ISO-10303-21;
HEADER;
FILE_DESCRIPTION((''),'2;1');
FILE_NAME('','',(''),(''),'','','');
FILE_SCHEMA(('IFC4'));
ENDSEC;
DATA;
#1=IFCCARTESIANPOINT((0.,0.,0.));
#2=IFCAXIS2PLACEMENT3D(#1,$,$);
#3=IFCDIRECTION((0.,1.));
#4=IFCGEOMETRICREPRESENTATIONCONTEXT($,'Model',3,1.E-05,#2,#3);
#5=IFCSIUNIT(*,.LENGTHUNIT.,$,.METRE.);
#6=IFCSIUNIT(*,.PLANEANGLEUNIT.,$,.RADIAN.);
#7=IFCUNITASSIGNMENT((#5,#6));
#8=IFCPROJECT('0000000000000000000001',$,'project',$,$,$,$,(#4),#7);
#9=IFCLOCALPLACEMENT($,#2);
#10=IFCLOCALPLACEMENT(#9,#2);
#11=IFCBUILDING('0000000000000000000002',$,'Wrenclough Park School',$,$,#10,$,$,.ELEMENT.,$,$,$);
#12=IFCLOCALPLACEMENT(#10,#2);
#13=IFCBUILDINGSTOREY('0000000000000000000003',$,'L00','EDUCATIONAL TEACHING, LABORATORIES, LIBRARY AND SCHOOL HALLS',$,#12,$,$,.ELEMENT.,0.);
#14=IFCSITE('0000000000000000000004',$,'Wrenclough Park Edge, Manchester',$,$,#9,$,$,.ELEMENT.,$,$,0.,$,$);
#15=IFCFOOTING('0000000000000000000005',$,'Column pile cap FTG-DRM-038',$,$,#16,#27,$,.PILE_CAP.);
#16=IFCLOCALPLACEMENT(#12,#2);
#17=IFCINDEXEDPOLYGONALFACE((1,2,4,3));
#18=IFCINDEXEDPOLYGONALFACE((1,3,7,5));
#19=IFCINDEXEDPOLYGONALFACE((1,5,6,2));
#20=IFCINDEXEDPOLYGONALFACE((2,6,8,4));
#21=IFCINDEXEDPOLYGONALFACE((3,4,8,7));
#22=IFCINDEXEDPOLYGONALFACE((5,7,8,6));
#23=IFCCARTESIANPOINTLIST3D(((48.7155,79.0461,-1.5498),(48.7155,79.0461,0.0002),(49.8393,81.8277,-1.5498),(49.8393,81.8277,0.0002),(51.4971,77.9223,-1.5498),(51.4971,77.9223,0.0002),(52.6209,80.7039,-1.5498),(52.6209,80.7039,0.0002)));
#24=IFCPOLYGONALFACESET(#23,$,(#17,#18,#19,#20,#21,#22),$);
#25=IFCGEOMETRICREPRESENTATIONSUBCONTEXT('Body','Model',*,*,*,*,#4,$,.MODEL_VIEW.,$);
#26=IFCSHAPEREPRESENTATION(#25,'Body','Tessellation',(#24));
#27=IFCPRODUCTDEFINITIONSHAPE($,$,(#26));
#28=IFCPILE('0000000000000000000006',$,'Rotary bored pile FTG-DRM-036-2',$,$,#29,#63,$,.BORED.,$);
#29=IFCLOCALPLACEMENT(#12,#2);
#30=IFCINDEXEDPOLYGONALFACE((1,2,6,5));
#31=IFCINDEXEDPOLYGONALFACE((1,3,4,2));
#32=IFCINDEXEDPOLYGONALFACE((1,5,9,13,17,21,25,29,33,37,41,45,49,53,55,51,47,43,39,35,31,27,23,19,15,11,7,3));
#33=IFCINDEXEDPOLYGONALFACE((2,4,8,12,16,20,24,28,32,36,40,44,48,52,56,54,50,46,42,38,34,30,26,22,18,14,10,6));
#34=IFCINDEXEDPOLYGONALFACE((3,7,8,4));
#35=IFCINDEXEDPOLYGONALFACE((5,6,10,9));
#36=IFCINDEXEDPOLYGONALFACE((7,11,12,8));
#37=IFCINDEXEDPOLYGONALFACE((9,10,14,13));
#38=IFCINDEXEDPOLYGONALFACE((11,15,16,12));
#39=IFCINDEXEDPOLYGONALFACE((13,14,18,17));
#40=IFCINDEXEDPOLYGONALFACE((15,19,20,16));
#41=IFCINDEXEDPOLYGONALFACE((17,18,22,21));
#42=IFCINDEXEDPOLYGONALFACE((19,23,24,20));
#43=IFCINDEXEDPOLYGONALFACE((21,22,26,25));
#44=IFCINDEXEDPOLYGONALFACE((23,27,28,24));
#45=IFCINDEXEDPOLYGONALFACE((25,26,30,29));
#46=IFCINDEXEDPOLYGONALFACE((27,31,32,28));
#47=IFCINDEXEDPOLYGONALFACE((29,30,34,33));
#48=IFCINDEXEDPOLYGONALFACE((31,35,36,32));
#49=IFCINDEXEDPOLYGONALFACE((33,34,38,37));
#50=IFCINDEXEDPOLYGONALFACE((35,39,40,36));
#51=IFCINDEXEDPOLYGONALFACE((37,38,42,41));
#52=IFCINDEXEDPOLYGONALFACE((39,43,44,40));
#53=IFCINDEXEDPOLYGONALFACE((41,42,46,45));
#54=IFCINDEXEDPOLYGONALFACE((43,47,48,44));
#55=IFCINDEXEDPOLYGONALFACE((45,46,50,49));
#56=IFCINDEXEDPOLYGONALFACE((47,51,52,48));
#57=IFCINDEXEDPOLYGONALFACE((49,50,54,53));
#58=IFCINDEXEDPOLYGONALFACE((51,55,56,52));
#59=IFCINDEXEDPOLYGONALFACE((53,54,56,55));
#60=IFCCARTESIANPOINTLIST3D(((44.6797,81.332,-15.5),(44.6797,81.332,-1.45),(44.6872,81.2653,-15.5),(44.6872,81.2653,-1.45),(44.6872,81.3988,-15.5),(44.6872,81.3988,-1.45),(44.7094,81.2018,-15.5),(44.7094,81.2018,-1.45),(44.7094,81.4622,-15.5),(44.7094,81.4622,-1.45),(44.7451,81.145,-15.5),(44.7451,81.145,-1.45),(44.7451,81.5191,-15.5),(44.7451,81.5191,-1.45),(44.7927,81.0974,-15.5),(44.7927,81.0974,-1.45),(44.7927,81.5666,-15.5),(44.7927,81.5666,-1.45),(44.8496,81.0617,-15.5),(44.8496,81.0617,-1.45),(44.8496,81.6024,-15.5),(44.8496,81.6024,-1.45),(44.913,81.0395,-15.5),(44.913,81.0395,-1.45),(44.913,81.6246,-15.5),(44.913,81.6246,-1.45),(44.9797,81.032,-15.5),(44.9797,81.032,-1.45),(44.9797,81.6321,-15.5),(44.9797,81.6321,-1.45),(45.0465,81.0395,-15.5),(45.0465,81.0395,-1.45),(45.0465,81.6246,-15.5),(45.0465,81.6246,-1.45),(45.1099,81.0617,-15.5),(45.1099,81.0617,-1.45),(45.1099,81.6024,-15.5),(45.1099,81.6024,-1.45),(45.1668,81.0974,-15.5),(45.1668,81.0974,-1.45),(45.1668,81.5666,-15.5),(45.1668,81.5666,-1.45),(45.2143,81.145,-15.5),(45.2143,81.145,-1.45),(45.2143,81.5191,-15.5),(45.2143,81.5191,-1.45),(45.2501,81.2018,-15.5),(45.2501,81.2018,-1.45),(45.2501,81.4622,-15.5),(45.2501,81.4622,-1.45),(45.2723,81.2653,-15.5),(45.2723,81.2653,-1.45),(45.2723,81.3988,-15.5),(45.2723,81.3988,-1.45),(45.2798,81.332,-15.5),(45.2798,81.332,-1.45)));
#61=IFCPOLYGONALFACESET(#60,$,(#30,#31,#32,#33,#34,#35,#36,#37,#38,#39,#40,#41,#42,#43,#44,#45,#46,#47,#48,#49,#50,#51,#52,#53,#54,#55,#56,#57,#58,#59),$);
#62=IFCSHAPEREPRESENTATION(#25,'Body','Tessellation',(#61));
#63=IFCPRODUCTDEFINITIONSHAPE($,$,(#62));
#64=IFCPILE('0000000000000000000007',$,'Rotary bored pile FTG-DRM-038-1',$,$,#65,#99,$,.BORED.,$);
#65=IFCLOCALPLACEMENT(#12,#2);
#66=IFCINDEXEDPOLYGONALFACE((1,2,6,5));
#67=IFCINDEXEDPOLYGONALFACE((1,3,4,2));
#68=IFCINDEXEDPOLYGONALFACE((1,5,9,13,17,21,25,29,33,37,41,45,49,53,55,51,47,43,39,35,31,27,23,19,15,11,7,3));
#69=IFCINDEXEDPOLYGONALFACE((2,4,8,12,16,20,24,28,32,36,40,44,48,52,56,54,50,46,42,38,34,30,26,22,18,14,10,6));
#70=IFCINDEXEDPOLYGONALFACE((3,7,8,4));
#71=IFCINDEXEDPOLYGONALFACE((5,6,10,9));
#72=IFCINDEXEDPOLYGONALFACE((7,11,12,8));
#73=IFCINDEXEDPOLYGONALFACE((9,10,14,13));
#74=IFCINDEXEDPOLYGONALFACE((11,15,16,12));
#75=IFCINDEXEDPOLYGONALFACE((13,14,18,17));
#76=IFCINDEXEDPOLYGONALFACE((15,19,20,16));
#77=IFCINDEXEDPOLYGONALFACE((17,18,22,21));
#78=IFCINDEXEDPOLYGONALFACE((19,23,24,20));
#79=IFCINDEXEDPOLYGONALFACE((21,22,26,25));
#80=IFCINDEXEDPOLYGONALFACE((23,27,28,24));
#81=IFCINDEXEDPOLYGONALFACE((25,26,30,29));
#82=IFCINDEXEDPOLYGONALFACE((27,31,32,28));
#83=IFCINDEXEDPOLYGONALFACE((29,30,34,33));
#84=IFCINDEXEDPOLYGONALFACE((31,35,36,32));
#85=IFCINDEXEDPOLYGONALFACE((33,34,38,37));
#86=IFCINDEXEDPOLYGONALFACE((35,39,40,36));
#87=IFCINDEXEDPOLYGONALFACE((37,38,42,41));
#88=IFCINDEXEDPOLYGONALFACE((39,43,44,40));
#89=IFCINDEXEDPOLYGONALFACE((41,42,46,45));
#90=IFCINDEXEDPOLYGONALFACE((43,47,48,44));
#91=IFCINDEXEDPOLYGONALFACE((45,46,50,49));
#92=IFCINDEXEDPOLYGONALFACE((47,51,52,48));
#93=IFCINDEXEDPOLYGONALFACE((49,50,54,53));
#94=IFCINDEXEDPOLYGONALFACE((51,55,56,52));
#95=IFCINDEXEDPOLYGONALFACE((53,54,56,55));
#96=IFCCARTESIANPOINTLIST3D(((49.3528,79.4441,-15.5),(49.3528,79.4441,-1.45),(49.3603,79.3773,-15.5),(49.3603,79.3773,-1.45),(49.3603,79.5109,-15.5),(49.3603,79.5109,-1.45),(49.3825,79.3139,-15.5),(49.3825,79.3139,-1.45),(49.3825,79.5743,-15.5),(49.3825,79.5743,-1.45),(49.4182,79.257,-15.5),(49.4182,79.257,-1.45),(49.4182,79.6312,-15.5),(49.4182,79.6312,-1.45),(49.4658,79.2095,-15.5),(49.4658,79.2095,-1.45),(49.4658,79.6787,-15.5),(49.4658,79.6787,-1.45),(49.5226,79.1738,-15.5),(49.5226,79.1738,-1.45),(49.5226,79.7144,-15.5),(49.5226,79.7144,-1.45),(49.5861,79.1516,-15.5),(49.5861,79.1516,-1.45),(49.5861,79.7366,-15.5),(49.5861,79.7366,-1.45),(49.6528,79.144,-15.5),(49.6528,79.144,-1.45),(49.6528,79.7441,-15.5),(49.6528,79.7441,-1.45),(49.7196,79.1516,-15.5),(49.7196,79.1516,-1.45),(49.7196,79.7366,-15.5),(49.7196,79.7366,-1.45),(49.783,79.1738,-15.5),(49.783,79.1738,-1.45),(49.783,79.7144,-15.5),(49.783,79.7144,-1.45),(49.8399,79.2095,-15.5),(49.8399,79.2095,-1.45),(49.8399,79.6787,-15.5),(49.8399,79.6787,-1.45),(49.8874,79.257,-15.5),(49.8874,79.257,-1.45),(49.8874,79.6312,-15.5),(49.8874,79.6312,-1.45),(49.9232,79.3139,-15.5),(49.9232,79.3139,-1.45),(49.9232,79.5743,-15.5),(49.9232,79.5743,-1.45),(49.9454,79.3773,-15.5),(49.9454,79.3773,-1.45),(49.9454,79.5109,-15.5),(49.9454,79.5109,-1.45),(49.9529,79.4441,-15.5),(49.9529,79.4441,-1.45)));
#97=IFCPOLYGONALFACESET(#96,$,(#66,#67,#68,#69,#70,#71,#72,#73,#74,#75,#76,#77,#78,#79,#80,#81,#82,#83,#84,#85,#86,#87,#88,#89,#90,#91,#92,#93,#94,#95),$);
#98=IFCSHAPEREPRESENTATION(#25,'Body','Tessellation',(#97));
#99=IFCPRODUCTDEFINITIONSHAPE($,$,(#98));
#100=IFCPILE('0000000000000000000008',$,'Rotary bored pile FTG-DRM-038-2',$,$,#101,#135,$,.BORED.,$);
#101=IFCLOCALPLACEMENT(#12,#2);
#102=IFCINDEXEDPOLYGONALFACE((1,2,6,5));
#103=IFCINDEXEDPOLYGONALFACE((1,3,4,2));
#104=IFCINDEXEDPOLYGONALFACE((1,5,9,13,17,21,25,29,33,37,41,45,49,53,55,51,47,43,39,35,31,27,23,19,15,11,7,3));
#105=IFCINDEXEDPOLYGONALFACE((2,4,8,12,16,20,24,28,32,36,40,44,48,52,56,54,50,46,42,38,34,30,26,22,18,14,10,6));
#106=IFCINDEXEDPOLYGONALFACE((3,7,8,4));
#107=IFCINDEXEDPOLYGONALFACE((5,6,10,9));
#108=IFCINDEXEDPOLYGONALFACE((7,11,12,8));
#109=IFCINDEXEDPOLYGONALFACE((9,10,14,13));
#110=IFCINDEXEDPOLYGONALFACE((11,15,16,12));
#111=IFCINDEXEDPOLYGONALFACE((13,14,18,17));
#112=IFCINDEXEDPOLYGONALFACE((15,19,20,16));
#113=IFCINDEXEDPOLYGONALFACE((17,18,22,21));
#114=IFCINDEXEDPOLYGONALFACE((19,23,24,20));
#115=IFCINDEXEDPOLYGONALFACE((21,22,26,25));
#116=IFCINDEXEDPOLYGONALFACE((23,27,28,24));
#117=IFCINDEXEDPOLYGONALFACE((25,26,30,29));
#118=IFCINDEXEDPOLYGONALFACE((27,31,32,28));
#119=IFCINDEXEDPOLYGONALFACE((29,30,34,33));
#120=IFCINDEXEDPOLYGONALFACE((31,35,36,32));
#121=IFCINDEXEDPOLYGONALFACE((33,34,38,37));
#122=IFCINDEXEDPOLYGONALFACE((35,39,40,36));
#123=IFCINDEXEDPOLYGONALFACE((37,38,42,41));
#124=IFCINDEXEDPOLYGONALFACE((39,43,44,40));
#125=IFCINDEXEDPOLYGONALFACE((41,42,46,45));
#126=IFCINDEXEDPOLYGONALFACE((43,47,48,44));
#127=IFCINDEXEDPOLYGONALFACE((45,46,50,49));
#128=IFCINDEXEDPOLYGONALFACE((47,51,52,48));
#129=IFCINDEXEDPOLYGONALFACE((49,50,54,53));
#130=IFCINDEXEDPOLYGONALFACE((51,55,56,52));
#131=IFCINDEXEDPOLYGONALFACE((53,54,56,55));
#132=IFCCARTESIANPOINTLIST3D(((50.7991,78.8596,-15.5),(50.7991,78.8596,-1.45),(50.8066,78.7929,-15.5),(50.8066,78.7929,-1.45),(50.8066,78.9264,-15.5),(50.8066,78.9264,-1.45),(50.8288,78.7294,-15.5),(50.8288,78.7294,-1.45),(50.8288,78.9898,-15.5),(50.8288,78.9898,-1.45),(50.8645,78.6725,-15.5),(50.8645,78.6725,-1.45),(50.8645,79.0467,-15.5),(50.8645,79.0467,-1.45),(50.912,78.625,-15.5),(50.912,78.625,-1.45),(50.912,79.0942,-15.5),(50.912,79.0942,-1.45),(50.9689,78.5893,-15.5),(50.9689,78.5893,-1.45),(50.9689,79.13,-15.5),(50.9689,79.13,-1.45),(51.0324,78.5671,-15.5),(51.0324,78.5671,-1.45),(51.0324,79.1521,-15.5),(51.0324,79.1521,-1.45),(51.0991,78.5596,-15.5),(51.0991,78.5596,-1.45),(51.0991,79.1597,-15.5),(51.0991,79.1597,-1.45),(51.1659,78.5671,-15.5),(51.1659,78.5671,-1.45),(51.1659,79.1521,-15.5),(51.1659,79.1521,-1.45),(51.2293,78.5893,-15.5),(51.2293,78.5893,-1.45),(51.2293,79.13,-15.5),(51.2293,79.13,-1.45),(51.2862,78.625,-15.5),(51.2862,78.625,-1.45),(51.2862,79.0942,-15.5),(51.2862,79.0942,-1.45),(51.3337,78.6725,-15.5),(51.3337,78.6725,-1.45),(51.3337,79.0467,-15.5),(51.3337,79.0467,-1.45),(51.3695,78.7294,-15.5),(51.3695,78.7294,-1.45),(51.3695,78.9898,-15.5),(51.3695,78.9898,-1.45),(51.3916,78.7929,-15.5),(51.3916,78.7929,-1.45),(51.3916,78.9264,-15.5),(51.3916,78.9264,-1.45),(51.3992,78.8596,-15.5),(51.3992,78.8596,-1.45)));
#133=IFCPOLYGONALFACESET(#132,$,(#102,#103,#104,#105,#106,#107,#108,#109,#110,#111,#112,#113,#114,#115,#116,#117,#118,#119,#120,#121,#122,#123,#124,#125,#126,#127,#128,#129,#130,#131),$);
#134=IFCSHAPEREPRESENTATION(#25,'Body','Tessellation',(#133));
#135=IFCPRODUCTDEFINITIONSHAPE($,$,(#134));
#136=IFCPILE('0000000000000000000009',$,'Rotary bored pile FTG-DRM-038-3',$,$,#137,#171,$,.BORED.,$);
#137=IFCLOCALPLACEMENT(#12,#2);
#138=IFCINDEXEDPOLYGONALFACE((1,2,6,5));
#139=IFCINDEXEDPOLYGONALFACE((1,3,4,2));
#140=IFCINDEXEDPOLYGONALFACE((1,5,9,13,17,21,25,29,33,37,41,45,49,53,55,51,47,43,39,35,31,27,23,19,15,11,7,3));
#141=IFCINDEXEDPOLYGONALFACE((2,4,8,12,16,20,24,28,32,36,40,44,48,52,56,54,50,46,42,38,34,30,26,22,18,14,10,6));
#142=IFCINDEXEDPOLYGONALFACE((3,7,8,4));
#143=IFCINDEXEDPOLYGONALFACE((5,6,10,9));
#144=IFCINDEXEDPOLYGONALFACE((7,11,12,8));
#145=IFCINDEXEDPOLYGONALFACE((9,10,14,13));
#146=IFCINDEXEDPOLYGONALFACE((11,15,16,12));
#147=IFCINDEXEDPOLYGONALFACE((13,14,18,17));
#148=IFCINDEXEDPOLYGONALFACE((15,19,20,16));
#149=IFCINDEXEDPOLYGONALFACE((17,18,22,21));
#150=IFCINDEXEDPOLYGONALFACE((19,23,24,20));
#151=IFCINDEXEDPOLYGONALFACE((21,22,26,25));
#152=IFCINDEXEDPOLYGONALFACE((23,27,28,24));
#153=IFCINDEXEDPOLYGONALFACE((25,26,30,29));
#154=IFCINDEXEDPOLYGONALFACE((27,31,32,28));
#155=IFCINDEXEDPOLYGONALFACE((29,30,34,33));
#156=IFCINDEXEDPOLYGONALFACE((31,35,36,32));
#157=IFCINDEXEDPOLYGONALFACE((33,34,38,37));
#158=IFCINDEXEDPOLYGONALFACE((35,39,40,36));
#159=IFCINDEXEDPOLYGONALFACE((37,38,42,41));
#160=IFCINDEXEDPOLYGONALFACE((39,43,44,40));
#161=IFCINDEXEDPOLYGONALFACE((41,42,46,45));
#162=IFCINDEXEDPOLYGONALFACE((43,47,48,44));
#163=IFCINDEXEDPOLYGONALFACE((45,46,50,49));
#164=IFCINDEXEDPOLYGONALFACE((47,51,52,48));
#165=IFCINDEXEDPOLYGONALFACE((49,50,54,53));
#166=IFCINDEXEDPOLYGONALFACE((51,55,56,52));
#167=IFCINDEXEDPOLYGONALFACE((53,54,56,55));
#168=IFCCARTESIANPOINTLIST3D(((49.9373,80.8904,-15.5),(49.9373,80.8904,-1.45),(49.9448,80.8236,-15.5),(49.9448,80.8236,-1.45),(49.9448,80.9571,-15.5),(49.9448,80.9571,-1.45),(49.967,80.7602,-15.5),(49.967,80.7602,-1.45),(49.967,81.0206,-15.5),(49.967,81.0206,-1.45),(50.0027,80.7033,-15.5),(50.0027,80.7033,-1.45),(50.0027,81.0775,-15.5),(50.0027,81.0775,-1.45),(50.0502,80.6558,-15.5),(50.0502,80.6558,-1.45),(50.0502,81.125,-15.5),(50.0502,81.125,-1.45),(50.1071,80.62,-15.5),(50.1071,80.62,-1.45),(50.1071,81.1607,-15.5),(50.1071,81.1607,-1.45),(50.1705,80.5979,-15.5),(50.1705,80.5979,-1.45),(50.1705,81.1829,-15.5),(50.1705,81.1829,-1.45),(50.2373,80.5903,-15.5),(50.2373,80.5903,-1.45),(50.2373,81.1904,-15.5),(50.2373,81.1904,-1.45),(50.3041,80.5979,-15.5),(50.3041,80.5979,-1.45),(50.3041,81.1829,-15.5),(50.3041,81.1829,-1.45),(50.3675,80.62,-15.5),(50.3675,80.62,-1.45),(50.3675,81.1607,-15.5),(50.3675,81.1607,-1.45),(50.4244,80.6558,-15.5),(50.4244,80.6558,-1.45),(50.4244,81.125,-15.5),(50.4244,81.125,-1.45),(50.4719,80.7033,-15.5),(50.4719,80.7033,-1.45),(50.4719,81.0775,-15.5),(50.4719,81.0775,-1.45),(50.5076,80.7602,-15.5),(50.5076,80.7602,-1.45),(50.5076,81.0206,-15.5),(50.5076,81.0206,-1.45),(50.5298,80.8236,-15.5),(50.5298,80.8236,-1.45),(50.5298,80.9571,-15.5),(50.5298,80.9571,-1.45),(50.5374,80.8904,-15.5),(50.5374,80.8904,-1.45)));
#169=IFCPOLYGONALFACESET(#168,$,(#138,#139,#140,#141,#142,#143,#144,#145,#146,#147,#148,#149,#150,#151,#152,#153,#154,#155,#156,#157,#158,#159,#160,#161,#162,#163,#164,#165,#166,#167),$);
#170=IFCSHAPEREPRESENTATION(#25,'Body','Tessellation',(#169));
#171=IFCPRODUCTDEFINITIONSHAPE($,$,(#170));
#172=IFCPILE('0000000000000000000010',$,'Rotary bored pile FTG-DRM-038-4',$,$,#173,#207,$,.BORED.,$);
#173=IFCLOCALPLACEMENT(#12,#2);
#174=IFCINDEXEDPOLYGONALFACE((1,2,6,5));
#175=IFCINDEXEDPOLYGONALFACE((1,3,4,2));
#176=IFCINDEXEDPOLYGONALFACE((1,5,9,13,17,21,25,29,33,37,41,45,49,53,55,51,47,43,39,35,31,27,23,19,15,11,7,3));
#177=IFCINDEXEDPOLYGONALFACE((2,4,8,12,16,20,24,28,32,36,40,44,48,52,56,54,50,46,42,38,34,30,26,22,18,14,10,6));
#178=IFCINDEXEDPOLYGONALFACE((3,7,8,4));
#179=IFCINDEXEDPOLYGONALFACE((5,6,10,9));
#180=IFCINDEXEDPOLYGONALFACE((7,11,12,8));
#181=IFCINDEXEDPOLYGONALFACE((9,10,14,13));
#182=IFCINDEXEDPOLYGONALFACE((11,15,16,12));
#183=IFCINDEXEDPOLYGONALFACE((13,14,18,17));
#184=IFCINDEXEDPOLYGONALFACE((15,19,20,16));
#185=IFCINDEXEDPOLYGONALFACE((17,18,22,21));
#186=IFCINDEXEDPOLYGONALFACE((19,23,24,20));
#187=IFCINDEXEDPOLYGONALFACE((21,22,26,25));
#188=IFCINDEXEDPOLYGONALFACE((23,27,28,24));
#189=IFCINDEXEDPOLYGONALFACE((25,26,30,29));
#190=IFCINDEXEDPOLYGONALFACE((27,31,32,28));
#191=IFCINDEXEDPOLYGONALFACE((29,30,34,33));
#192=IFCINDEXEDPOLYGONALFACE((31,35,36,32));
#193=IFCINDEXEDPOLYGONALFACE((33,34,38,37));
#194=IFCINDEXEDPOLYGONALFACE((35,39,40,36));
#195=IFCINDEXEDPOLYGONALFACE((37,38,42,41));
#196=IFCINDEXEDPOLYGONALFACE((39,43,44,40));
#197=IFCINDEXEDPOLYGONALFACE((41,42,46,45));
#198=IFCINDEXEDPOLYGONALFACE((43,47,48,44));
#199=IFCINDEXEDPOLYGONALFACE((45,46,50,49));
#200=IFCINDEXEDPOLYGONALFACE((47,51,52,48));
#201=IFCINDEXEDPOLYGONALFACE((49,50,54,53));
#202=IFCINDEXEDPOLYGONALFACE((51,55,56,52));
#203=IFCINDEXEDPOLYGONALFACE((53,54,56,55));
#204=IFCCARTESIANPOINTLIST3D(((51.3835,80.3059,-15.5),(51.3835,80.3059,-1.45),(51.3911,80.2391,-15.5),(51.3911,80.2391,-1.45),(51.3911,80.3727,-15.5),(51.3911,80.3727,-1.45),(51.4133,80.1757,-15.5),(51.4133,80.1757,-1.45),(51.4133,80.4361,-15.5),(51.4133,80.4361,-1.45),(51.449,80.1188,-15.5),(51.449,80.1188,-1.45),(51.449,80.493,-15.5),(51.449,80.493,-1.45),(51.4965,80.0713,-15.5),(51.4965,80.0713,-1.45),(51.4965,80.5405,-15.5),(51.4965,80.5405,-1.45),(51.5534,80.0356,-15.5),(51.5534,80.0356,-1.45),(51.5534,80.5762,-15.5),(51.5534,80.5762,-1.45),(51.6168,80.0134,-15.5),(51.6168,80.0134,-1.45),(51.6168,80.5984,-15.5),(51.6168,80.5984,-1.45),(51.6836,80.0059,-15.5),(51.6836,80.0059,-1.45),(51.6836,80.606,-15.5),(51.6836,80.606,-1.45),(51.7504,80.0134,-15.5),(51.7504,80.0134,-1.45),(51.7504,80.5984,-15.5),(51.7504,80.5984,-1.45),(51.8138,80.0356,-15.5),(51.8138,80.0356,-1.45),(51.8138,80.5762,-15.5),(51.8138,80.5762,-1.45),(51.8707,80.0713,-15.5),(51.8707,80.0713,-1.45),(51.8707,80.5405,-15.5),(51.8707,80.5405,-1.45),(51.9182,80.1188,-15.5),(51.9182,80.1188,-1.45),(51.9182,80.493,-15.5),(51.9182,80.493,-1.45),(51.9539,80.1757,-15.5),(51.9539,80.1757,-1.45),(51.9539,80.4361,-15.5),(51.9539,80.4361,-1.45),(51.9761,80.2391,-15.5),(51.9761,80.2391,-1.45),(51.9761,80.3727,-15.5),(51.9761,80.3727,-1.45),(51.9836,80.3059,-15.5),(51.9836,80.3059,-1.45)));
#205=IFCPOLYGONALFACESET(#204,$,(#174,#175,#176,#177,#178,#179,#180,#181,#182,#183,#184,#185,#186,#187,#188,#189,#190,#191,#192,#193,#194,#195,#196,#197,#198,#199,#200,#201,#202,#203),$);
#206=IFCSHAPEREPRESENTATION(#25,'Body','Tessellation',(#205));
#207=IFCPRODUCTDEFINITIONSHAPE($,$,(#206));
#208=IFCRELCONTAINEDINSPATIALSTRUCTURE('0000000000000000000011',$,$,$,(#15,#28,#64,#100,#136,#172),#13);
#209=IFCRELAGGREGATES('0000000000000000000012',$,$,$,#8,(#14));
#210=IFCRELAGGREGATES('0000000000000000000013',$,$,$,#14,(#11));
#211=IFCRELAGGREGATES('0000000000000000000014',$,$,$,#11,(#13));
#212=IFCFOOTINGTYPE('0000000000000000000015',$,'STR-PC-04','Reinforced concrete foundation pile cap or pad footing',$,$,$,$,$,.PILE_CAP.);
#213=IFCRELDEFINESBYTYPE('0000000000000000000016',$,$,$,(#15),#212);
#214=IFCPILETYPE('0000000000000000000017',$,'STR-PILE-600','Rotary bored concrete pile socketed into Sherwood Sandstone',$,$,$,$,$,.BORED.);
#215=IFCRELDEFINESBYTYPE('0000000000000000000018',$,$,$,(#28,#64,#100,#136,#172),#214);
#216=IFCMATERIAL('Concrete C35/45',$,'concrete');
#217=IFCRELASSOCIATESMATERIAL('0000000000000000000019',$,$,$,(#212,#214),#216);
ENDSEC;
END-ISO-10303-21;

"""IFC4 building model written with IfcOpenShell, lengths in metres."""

from ifc_helpers import new_model, si_unit, direction, frame, origin, origin_2d, place, context, subcontext, project, spatial, rectangle, circle, extrude, material, material_profile, profile_set, type_object, element, save


model = new_model("IFC4")

# Units and contexts
model_context = context("Model", 3, precision=1e-05, world=origin(), true_north=direction((0.0, 1.0)))
body_context = subcontext(model_context, "Body", "Model", "MODEL_VIEW")
ifc_project = project(units=[si_unit("LENGTHUNIT", "METRE"), si_unit("PLANEANGLEUNIT", "RADIAN")], contexts=[model_context])

# Site, building, storey
site_placement = place(None, origin())
site = spatial("IfcSite", under=ifc_project, at=site_placement, Name="Wrenclough Park Edge, Manchester", CompositionType="ELEMENT", RefElevation=0.0)
building_placement = place(site_placement, origin())
building = spatial("IfcBuilding", under=site, at=building_placement, Name="Wrenclough Park School", CompositionType="ELEMENT")
storey_placement = place(building_placement, origin())
storey = spatial("IfcBuildingStorey", under=building, at=storey_placement, Name="L00", Description="EDUCATIONAL TEACHING, LABORATORIES, LIBRARY AND SCHOOL HALLS", CompositionType="ELEMENT", Elevation=0.0)

# Footing
ifc_material_1 = material(Name="Concrete C35/45", Category="concrete")
footing_type = type_object("IfcFootingType", Name="STR-PC-04", Description="Reinforced concrete foundation pile cap or pad footing", PredefinedType="PILE_CAP", material=ifc_material_1)
footing_placement = place(storey_placement, frame((50.6682, 79.875, -1.5498), z_axis=(0.0, 0.0, 1.0), x_axis=(0.927184, -0.374607, 0.0)))
element("IfcFooting", 1, at=footing_placement, inside=storey, type_object=footing_type, Name="Column pile cap FTG-DRM-038", PredefinedType="PILE_CAP", context=body_context, shape_type="SweptSolid", body=[
    extrude(rectangle(XDim=3.0, YDim=3.0, at=origin_2d()), origin(), (0.0, 0.0, 1.0), 1.55),
])

# Piles
ifc_material_profile_1 = material_profile(ifc_material_1, circle(Radius=0.3, at=origin_2d()), Name="BORED PILE D600")
ifc_profile_set_1 = profile_set([ifc_material_profile_1], Name="Concrete C35/45")
pile_type = type_object("IfcPileType", Name="STR-PILE-600", Description="Rotary bored concrete pile socketed into Sherwood Sandstone", PredefinedType="BORED", material=ifc_profile_set_1)
for number, where, z_axis, x_axis, name in (
    (2, (44.9797, 81.332, -1.45), (0.0, 0.0, -1.0), (1.0, 0.0, 0.0), "Rotary bored pile FTG-DRM-036-2"),
    (3, (49.6528, 79.4441, -1.45), (0.0, 0.0, -1.0), (1.0, 0.0, 0.0), "Rotary bored pile FTG-DRM-038-1"),
    (4, (51.0991, 78.8596, -1.45), (0.0, 0.0, -1.0), (1.0, 0.0, 0.0), "Rotary bored pile FTG-DRM-038-2"),
    (5, (50.2373, 80.8904, -1.45), (0.0, 0.0, -1.0), (1.0, 0.0, 0.0), "Rotary bored pile FTG-DRM-038-3"),
    (6, (51.6836, 80.3059, -1.45), (0.0, 0.0, -1.0), (1.0, 0.0, 0.0), "Rotary bored pile FTG-DRM-038-4"),
):
    element("IfcPile", number, at=place(storey_placement, frame(where, z_axis=z_axis, x_axis=x_axis)), inside=storey, type_object=pile_type, Name=name, PredefinedType="BORED", context=body_context, shape_type="SweptSolid", body=[
        extrude(circle(Radius=0.3, at=origin_2d()), origin(), (0.0, 0.0, 1.0), 14.05),
    ])

save(model, "model.ifc")
